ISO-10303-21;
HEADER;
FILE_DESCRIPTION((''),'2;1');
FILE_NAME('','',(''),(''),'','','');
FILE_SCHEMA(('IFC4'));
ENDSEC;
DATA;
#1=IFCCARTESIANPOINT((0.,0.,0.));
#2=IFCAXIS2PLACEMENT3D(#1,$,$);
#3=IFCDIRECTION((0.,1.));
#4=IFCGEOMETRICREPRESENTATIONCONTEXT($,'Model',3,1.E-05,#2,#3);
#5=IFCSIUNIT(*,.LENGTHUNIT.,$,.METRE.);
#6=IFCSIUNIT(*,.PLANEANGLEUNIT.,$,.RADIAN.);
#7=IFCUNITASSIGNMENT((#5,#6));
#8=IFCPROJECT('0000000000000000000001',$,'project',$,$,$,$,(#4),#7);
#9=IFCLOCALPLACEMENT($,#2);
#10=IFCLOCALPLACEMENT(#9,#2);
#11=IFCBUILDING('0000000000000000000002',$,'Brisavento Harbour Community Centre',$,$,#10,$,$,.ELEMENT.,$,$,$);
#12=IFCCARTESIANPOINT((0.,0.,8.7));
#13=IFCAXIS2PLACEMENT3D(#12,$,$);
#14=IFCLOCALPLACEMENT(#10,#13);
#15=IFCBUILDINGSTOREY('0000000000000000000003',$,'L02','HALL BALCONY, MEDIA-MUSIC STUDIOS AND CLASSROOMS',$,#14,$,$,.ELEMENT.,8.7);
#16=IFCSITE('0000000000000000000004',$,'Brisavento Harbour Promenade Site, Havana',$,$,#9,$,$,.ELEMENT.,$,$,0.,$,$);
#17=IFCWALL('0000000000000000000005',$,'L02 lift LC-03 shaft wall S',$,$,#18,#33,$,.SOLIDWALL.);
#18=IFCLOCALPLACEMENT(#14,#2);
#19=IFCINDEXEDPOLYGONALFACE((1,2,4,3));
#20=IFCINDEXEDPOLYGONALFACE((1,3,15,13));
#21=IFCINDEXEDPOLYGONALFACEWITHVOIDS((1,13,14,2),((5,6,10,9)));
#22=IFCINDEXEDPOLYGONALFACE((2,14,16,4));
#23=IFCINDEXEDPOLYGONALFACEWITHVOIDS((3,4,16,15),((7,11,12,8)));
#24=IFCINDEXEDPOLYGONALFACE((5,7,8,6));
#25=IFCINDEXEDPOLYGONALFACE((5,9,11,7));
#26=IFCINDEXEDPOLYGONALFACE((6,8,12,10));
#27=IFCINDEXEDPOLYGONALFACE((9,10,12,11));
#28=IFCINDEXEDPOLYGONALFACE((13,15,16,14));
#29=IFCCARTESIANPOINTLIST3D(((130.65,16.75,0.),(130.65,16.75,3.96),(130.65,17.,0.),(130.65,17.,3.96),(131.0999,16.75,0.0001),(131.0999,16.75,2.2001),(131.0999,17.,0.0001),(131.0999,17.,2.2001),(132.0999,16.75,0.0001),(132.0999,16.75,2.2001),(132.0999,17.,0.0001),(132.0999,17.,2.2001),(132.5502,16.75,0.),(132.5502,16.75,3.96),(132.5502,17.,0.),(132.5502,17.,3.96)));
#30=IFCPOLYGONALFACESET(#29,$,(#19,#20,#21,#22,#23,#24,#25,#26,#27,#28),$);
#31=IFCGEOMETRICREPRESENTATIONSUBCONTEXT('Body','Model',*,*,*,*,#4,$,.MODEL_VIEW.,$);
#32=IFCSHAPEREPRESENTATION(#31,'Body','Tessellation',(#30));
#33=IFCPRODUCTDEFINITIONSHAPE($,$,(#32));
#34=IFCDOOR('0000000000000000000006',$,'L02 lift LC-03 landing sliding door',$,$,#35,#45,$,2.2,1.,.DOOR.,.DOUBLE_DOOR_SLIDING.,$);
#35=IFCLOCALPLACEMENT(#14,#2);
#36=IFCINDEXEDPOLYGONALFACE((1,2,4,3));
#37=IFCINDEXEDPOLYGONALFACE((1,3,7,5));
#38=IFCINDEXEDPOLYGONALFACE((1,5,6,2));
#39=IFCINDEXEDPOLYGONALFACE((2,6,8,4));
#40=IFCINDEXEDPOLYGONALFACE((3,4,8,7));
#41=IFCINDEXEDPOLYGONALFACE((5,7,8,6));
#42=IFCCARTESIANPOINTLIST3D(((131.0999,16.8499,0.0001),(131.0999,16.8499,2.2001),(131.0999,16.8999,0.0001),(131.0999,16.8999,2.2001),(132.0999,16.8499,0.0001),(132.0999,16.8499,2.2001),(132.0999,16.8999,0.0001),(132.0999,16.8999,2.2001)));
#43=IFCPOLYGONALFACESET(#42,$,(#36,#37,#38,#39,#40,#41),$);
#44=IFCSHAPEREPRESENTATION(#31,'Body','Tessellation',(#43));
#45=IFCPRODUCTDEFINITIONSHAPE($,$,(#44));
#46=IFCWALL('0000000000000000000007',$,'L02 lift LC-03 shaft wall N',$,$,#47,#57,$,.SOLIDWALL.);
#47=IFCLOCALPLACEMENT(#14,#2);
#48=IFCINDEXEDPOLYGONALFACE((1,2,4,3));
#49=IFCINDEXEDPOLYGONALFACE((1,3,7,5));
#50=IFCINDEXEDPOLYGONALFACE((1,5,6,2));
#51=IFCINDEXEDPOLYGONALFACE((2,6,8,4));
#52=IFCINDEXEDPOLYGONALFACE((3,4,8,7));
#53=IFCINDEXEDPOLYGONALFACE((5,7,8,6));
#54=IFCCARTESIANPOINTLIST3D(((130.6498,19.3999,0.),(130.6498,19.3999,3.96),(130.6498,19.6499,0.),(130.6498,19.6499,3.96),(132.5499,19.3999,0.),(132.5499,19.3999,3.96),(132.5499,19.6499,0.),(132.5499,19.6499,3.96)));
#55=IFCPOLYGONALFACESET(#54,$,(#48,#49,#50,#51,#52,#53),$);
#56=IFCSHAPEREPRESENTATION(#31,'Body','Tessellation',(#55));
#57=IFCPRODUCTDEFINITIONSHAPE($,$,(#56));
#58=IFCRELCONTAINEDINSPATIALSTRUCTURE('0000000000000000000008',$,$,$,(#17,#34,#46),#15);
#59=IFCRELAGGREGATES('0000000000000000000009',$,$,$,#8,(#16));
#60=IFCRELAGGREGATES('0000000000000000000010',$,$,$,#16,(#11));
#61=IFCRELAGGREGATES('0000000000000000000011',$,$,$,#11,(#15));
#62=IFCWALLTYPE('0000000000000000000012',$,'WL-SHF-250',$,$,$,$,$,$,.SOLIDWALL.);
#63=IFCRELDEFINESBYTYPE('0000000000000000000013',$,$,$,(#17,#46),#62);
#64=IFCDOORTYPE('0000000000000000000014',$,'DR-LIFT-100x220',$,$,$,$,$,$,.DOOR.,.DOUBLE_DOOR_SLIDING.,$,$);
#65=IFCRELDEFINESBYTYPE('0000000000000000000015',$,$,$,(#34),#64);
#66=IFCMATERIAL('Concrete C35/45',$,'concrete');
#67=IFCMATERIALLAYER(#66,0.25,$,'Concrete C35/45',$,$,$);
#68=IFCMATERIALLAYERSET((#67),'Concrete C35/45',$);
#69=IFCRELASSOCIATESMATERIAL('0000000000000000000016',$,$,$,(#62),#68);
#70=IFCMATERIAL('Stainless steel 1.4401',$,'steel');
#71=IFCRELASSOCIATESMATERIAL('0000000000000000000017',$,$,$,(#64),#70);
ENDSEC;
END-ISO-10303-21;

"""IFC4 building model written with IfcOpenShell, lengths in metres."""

from ifc_helpers import new_model, si_unit, direction, frame, frame_2d, origin, place, context, subcontext, project, spatial, rectangle, extrude, material, layer, layer_set, type_object, element, fill, save


model = new_model("IFC4")

# Units and contexts
model_context = context("Model", 3, precision=1e-05, world=origin(), true_north=direction((0.0, 1.0)))
body_context = subcontext(model_context, "Body", "Model", "MODEL_VIEW")
ifc_project = project(units=[si_unit("LENGTHUNIT", "METRE"), si_unit("PLANEANGLEUNIT", "RADIAN")], contexts=[model_context])

# Site, building, storey
site_placement = place(None, origin())
site = spatial("IfcSite", under=ifc_project, at=site_placement, Name="Brisavento Harbour Promenade Site, Havana", CompositionType="ELEMENT", RefElevation=0.0)
building_placement = place(site_placement, origin())
building = spatial("IfcBuilding", under=site, at=building_placement, Name="Brisavento Harbour Community Centre", CompositionType="ELEMENT")
storey_placement = place(building_placement, frame((0.0, 0.0, 8.7)))
storey = spatial("IfcBuildingStorey", under=building, at=storey_placement, Name="L02", Description="HALL BALCONY, MEDIA-MUSIC STUDIOS AND CLASSROOMS", CompositionType="ELEMENT", Elevation=8.7)

# Shared definitions
ifc_material_1 = material(Name="Concrete C35/45", Category="concrete")

# Shared definitions
ifc_layer_1 = layer(ifc_material_1, 0.25, Name="Concrete C35/45")
ifc_layer_set_1 = layer_set([ifc_layer_1], Name="Concrete C35/45")
wall_type_1 = type_object("IfcWallType", Name="WL-SHF-250", PredefinedType="SOLIDWALL", material=ifc_layer_set_1)

# Shared definitions
ifc_material_2 = material(Name="Stainless steel 1.4401", Category="steel")
door_type_1 = type_object("IfcDoorType", Name="DR-LIFT-100x220", OperationType="DOUBLE_DOOR_SLIDING", PredefinedType="DOOR", material=ifc_material_2)

# Wall, opening, door
wall_1_placement = place(storey_placement, frame((130.6499, 16.875, 0.0), z_axis=(0.0, 0.0, 1.0), x_axis=(1.0, 0.0, 0.0)))
wall_1 = element("IfcWall", 1, at=wall_1_placement, inside=storey, type_object=wall_type_1, Name="L02 lift LC-03 shaft wall S", PredefinedType="SOLIDWALL", context=body_context, shape_type="SweptSolid", body=[
    extrude(rectangle(XDim=1.9001, YDim=0.25, at=frame_2d((0.9502, 0.0))), origin(), (0.0, 0.0, 1.0), 3.96),
])
opening_1_placement = place(wall_1_placement, frame((0.45, 0.0, 0.0)))
opening_1 = element("IfcOpeningElement", 2, at=opening_1_placement, cuts=wall_1, PredefinedType="OPENING", context=body_context, shape_type="SweptSolid", body=[
    extrude(rectangle(XDim=1.0, YDim=2.2, at=frame_2d((0.5, 1.1001))), frame((0.0, 0.135, 0.0), z_axis=(0.0, -1.0, 0.0), x_axis=(1.0, 0.0, 0.0)), (0.0, 0.0, 1.0), 0.27),
])
door_1_placement = place(opening_1_placement, origin())
door_1 = element("IfcDoor", 3, at=door_1_placement, inside=storey, type_object=door_type_1, Name="L02 lift LC-03 landing sliding door", OperationType="DOUBLE_DOOR_SLIDING", OverallHeight=2.2, OverallWidth=1.0, PredefinedType="DOOR", context=body_context, shape_type="SweptSolid", body=[
    extrude(rectangle(XDim=1.0, YDim=2.2, at=frame_2d((0.5, 1.1001))), frame((0.0, 0.0249, 0.0), z_axis=(0.0, -1.0, 0.0), x_axis=(1.0, 0.0, 0.0)), (0.0, 0.0, 1.0), 0.05),
])
fill(opening_1, door_1)

# Wall
wall_2_placement = place(storey_placement, frame((132.55, 19.5249, 0.0), z_axis=(0.0, 0.0, 1.0), x_axis=(-1.0, 0.0, 0.0)))
element("IfcWall", 4, at=wall_2_placement, inside=storey, type_object=wall_type_1, Name="L02 lift LC-03 shaft wall N", PredefinedType="SOLIDWALL", context=body_context, shape_type="SweptSolid", body=[
    extrude(rectangle(XDim=1.9001, YDim=0.25, at=frame_2d((0.9502, 0.0))), origin(), (0.0, 0.0, 1.0), 3.96),
])

save(model, "model.ifc")
